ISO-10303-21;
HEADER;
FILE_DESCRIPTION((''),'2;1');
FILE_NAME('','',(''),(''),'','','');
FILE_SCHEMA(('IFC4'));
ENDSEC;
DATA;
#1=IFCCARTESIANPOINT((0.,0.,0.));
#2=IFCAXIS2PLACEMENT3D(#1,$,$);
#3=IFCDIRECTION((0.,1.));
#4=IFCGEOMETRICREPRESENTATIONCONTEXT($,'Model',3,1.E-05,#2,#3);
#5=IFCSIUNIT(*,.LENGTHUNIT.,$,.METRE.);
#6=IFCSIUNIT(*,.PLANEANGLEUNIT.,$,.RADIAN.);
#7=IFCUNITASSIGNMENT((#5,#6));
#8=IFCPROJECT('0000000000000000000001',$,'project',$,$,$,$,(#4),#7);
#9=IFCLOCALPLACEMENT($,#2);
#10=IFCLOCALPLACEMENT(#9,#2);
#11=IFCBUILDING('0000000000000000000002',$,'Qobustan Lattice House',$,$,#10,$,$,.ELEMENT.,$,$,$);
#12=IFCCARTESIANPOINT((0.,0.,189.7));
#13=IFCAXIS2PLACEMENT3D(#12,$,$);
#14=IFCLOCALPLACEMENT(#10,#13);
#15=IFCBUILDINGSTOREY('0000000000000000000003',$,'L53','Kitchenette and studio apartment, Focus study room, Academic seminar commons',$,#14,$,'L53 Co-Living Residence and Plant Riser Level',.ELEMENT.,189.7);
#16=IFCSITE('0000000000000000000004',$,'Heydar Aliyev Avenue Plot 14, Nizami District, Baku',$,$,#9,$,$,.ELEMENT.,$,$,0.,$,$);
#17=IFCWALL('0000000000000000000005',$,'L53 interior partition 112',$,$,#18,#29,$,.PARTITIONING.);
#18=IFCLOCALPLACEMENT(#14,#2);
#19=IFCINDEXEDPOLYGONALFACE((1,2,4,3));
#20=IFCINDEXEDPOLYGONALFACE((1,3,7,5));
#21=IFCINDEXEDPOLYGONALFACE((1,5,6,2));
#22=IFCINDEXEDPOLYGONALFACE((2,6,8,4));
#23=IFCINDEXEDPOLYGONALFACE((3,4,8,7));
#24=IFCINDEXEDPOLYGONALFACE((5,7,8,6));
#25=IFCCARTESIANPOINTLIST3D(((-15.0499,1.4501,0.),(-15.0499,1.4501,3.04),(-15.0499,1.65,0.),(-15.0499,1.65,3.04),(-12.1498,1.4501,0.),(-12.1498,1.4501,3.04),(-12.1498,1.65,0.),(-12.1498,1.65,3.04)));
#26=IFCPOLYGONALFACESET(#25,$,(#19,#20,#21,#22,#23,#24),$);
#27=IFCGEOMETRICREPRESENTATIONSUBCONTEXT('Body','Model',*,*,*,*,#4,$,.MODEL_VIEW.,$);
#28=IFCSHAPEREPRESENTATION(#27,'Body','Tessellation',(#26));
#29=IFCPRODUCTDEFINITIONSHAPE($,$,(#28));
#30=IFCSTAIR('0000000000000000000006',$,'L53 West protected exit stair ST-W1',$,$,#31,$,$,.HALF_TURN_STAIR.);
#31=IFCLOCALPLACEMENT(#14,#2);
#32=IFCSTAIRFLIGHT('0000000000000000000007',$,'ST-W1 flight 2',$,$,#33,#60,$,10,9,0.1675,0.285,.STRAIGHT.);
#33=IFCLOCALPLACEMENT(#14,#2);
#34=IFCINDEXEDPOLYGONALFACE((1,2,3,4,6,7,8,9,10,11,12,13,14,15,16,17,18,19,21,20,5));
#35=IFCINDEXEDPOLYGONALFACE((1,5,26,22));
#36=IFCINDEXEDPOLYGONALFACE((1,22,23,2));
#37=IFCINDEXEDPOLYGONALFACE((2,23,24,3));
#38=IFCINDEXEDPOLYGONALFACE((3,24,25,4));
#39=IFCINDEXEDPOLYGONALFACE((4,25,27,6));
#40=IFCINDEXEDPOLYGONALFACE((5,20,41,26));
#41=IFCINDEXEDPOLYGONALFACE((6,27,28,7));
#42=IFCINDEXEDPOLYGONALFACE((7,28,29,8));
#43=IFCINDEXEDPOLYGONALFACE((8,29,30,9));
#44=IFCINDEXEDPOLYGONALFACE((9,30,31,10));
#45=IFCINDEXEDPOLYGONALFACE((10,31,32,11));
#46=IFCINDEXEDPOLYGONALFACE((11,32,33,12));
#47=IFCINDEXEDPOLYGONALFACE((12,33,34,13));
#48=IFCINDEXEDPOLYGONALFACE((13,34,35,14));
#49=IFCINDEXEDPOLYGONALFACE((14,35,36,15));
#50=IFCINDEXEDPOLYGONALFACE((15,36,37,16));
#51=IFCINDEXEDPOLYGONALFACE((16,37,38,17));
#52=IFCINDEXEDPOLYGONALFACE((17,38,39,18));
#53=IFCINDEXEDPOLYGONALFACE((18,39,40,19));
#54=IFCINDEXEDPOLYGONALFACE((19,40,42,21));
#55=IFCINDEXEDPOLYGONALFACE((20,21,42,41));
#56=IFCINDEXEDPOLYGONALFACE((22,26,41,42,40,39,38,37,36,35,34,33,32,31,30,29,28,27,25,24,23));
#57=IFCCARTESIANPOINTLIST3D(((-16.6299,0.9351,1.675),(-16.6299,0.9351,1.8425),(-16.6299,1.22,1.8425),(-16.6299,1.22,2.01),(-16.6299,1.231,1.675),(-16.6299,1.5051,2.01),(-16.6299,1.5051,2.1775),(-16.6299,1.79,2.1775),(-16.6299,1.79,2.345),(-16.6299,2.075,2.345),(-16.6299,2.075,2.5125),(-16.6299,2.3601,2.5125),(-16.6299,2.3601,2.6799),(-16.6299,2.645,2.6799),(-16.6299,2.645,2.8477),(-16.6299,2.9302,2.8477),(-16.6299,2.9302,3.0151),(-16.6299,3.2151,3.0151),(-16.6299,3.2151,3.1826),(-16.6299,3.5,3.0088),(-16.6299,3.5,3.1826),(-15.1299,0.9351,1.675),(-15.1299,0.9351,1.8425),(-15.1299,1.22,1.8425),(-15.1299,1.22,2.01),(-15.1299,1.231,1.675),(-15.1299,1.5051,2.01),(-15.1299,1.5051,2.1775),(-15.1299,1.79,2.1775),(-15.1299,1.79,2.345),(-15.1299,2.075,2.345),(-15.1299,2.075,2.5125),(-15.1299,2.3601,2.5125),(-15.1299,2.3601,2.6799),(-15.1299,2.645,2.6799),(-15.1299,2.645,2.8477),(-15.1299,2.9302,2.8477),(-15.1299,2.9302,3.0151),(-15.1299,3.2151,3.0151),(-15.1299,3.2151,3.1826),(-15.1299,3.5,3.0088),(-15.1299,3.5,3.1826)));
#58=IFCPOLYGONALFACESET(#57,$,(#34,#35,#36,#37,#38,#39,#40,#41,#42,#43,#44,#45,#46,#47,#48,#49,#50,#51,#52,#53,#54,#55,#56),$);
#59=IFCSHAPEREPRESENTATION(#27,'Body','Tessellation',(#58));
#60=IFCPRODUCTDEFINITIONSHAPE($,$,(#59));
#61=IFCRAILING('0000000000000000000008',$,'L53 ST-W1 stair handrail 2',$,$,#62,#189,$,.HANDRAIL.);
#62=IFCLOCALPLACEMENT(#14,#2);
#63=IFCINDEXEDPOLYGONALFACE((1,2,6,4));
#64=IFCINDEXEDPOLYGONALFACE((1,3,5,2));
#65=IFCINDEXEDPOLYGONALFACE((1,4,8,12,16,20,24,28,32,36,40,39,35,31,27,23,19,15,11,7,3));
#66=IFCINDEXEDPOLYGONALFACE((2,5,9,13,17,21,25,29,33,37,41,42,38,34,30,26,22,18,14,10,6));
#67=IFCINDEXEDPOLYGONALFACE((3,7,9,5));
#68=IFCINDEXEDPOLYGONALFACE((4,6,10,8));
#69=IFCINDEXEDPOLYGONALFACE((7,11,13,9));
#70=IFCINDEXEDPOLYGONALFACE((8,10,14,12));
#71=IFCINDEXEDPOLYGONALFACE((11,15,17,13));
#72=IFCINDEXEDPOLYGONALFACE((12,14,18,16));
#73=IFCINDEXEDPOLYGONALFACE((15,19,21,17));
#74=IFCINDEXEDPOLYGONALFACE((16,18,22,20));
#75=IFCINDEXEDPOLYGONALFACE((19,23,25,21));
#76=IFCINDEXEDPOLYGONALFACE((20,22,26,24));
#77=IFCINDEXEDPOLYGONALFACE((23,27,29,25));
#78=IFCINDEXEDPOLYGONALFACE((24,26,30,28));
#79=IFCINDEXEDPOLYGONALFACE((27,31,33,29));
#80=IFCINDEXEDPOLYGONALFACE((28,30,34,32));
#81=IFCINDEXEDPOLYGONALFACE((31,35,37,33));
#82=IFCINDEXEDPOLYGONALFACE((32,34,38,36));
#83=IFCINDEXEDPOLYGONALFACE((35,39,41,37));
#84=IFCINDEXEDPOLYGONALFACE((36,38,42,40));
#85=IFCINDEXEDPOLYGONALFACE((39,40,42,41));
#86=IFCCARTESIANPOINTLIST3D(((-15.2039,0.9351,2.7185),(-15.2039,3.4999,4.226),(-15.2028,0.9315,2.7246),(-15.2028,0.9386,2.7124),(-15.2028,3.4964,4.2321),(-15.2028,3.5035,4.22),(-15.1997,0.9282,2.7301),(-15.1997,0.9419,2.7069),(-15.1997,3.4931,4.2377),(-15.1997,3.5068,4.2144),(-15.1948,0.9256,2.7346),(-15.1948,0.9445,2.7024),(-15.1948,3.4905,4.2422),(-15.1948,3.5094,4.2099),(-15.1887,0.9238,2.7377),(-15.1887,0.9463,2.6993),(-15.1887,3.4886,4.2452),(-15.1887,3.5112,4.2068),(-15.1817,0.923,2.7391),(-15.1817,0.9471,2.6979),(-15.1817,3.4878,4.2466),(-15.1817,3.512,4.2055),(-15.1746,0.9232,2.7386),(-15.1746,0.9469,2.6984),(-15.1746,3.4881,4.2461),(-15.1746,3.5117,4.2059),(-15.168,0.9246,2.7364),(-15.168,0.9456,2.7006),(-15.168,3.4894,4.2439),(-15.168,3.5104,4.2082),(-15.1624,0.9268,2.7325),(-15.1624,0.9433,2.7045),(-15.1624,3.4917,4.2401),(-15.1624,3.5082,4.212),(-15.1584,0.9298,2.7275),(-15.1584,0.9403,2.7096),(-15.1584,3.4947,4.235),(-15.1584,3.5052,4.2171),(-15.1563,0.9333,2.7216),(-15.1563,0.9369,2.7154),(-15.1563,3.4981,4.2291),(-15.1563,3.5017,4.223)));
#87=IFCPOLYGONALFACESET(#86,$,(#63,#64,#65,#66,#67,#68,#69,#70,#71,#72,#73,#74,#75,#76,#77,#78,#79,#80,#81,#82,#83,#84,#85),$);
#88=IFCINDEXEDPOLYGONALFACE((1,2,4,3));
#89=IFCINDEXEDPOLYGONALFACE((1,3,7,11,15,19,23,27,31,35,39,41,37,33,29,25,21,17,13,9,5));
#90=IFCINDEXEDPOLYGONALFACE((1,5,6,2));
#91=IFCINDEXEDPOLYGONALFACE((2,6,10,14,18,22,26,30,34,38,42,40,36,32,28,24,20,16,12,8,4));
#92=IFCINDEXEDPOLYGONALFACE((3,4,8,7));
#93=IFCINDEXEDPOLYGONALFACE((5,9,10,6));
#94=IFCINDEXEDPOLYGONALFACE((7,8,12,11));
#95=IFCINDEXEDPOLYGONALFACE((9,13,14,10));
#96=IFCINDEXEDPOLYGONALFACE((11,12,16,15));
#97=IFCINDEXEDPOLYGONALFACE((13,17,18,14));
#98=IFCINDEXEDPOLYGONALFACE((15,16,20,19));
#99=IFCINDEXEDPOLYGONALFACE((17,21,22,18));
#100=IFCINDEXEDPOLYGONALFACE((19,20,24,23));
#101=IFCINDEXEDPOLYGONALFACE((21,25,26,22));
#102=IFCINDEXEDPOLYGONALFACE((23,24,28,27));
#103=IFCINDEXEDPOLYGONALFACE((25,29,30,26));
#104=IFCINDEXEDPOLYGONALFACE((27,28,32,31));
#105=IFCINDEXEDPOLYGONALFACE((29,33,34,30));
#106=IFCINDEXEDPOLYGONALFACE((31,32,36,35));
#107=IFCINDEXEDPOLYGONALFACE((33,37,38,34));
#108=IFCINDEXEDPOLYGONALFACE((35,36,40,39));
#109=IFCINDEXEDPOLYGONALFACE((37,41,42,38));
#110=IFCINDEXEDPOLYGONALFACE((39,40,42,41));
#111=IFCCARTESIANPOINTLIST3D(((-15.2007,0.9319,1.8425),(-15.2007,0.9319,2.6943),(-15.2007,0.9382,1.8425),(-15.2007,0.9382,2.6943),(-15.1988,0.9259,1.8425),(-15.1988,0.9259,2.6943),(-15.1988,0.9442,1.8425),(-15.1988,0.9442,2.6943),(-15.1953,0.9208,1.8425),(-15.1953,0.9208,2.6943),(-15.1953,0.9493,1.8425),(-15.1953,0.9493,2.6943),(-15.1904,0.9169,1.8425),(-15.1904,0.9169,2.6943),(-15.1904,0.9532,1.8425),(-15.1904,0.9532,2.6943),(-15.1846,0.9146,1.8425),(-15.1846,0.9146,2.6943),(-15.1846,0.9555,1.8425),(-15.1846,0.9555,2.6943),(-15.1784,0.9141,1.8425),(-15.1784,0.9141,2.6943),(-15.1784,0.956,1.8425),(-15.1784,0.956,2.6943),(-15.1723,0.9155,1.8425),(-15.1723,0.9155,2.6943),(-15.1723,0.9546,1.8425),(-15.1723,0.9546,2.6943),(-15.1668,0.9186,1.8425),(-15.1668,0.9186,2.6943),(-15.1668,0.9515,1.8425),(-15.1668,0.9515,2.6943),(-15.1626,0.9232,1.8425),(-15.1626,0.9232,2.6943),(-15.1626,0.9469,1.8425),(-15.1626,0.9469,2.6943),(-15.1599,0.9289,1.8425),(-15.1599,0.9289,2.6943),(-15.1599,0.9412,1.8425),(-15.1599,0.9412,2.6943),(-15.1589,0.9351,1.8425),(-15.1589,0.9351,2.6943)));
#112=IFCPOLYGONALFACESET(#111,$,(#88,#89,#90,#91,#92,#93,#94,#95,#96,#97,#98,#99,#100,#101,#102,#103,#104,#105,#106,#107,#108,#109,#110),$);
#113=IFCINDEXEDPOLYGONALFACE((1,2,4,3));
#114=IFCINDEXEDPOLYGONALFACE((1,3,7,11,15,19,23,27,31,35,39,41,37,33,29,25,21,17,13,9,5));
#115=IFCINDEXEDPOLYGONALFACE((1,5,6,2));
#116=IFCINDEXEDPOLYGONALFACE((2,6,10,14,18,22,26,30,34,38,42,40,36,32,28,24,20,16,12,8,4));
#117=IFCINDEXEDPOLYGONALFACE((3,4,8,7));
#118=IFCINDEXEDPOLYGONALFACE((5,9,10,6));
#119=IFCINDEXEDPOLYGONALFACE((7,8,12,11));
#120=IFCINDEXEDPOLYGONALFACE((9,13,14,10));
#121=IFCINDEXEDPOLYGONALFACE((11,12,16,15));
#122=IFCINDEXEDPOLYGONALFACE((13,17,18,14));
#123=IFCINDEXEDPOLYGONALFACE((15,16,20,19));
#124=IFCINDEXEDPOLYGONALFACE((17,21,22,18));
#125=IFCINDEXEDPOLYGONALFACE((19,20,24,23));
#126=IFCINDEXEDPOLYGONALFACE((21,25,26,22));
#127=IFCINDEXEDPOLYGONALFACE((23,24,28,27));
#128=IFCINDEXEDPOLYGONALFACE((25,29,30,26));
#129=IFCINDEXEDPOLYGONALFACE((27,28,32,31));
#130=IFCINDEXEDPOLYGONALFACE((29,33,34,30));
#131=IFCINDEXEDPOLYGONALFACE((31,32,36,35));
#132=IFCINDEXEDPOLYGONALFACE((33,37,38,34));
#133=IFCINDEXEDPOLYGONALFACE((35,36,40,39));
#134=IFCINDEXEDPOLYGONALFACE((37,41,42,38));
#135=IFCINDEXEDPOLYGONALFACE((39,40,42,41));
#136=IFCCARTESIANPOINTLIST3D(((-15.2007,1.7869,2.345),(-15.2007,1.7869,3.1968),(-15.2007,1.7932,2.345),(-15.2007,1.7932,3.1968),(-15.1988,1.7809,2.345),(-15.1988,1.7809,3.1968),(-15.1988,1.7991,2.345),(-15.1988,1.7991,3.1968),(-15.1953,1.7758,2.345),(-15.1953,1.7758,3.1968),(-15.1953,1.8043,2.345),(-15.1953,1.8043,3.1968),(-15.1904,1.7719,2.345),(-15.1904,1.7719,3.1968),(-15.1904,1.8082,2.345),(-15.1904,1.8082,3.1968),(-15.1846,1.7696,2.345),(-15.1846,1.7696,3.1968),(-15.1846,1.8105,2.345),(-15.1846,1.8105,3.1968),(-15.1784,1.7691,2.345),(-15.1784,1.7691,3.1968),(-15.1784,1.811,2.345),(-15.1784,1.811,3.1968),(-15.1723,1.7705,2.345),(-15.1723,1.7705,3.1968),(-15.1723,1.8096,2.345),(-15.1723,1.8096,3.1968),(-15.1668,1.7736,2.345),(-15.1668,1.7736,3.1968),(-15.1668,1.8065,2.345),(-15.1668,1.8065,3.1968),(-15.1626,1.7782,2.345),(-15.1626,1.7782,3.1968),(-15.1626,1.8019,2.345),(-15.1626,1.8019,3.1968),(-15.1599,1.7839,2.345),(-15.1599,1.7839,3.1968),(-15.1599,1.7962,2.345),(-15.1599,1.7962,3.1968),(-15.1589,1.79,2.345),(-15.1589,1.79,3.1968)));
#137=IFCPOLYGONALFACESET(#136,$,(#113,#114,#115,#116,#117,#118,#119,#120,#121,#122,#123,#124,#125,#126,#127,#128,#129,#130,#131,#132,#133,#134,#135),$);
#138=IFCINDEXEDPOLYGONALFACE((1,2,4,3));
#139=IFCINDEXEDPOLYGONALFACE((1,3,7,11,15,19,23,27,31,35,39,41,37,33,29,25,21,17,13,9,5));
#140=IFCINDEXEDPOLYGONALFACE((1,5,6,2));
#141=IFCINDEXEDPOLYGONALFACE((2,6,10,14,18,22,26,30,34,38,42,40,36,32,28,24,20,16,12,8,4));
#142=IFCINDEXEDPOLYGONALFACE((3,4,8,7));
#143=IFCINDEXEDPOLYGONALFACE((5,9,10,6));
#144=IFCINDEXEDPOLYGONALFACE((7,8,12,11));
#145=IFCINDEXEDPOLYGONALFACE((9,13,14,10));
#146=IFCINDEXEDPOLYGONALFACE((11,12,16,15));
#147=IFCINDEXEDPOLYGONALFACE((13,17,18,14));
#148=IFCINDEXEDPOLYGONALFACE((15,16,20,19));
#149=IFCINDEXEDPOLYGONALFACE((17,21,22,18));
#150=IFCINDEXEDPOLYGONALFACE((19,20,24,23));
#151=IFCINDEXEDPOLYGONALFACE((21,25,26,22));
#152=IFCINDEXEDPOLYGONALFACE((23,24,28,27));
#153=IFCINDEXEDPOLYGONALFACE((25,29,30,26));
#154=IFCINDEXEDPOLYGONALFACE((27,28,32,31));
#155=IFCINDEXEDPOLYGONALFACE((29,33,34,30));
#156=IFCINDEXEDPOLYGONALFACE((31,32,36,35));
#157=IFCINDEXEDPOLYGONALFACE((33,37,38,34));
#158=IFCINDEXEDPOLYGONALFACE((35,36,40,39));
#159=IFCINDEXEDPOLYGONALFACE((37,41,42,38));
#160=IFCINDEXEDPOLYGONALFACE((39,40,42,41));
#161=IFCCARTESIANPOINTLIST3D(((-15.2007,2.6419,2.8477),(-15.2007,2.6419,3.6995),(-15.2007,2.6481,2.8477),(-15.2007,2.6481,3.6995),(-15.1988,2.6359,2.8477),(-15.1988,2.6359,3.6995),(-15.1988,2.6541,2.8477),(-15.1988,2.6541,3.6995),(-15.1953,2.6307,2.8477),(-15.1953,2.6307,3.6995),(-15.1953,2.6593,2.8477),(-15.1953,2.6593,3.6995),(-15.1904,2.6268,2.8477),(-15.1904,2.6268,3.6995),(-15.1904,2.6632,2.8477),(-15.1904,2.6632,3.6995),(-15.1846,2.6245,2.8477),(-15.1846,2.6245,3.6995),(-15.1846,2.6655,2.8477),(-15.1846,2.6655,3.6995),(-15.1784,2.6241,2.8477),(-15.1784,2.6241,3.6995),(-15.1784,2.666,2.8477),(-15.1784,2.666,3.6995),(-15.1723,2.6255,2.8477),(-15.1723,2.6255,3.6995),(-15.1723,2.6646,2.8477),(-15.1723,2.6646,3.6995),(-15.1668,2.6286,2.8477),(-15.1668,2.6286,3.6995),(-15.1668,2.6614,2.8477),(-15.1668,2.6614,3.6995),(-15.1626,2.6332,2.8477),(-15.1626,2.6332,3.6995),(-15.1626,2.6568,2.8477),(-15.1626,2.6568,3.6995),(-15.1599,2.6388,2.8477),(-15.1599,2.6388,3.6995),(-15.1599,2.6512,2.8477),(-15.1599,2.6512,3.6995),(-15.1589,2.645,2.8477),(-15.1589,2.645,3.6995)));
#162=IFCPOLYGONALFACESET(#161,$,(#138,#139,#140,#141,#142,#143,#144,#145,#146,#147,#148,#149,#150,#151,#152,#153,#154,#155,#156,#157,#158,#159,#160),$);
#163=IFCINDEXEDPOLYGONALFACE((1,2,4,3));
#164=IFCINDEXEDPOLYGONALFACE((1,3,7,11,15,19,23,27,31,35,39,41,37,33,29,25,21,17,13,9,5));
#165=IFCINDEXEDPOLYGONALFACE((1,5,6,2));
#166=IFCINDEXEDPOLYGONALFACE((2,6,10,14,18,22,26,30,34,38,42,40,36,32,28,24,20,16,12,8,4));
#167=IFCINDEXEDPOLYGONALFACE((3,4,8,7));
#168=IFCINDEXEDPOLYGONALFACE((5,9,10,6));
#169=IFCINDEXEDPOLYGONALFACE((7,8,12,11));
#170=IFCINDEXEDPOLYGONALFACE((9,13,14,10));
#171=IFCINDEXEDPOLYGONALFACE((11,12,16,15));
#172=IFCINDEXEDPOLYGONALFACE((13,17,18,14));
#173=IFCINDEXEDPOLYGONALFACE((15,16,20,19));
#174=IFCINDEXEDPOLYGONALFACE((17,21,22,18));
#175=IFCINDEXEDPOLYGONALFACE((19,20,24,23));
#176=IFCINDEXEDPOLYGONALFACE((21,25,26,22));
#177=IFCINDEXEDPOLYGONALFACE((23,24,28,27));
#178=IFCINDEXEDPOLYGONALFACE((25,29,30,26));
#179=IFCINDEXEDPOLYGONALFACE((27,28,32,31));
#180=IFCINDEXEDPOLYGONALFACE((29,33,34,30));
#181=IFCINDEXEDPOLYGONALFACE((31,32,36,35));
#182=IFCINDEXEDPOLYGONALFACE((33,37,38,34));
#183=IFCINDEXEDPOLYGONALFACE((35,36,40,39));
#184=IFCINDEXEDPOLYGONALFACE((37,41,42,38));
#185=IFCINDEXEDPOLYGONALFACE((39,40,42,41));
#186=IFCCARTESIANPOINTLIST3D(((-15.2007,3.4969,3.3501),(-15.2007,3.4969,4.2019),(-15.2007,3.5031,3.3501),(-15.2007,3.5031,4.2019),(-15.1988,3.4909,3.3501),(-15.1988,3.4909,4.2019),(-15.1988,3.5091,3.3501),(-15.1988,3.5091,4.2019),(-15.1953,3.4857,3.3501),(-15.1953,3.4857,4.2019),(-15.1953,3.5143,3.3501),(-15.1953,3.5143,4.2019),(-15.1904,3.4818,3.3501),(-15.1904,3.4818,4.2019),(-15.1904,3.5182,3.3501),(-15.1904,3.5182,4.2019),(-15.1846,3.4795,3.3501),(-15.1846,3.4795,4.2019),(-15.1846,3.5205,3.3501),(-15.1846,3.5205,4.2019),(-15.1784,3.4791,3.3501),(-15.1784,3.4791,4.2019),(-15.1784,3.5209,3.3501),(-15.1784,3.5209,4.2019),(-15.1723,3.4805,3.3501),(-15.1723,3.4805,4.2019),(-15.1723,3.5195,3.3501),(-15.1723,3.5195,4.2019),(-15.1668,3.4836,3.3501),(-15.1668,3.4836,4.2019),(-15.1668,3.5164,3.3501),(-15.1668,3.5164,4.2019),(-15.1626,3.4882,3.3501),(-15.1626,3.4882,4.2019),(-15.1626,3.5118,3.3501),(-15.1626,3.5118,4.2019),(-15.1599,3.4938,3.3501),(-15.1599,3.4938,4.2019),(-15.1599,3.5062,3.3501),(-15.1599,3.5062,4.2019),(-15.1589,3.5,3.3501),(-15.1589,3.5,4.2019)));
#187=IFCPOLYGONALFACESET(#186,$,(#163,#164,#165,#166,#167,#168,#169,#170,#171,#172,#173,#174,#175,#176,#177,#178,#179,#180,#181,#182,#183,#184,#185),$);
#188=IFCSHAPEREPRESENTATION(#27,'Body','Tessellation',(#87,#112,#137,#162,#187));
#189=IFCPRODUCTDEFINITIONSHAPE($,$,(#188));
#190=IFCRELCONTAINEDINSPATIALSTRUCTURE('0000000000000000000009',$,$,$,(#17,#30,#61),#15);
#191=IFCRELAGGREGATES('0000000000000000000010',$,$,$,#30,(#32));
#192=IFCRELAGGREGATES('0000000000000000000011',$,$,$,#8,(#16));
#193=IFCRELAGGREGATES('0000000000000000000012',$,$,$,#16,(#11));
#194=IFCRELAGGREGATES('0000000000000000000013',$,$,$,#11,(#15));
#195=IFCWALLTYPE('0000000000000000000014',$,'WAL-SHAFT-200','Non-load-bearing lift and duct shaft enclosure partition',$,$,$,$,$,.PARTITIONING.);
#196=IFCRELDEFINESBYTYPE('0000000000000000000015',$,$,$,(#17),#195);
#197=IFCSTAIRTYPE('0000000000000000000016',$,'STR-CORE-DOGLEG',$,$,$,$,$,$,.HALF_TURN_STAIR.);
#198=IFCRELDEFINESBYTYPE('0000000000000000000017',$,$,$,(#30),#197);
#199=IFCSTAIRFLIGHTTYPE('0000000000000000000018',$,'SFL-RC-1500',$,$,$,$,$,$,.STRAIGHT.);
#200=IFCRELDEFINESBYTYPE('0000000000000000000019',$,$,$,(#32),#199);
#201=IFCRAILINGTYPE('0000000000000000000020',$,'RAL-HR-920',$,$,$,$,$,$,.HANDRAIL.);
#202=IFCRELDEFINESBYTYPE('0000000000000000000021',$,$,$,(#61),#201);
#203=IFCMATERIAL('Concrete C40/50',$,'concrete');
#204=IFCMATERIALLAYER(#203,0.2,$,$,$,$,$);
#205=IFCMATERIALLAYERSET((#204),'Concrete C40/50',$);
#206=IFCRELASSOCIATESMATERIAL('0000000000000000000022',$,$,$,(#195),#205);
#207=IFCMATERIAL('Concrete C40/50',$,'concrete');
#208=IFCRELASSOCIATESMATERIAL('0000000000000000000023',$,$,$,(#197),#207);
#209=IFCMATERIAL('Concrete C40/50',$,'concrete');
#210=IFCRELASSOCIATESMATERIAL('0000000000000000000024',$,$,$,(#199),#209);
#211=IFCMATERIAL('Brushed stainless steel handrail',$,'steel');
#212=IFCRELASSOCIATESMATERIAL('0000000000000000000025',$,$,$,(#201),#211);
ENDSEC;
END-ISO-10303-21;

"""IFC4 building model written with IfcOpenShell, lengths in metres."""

from ifc_helpers import new_model, si_unit, direction, frame, frame_2d, origin, origin_2d, place, context, subcontext, project, spatial, polyline, rectangle, circle, outline, extrude, material, layer, layer_set, type_object, element, aggregate, save


model = new_model("IFC4")

# Units and contexts
model_context = context("Model", 3, precision=1e-05, world=origin(), true_north=direction((0.0, 1.0)))
body_context = subcontext(model_context, "Body", "Model", "MODEL_VIEW")
ifc_project = project(units=[si_unit("LENGTHUNIT", "METRE"), si_unit("PLANEANGLEUNIT", "RADIAN")], contexts=[model_context])

# Site, building, storey
site_placement = place(None, origin())
site = spatial("IfcSite", under=ifc_project, at=site_placement, Name="Heydar Aliyev Avenue Plot 14, Nizami District, Baku", CompositionType="ELEMENT", RefElevation=0.0)
building_placement = place(site_placement, origin())
building = spatial("IfcBuilding", under=site, at=building_placement, Name="Qobustan Lattice House", CompositionType="ELEMENT")
storey_placement = place(building_placement, frame((0.0, 0.0, 189.7)))
storey = spatial("IfcBuildingStorey", under=building, at=storey_placement, Name="L53", Description="Kitchenette and studio apartment, Focus study room, Academic seminar commons", LongName="L53 Co-Living Residence and Plant Riser Level", CompositionType="ELEMENT", Elevation=189.7)

# Wall
ifc_material_1 = material(Name="Concrete C40/50", Category="concrete")
ifc_layer_1 = layer(ifc_material_1, 0.2)
ifc_layer_set_1 = layer_set([ifc_layer_1], Name="Concrete C40/50")
wall_type_1 = type_object("IfcWallType", Name="WAL-SHAFT-200", Description="Non-load-bearing lift and duct shaft enclosure partition", PredefinedType="PARTITIONING", material=ifc_layer_set_1)
wall_1_placement = place(storey_placement, frame((-15.05, 1.55, 0.0), z_axis=(0.0, 0.0, 1.0), x_axis=(1.0, 0.0, 0.0)))
element("IfcWall", 1, at=wall_1_placement, inside=storey, type_object=wall_type_1, Name="L53 interior partition 112", PredefinedType="PARTITIONING", context=body_context, shape_type="SweptSolid", body=[
    extrude(rectangle(XDim=2.9001, YDim=0.2, at=frame_2d((1.4502, 0.0))), origin(), (0.0, 0.0, 1.0), 3.04),
])

# Stair, stair flight
ifc_material_2 = material(Name="Concrete C40/50", Category="concrete")
stair_type = type_object("IfcStairType", Name="STR-CORE-DOGLEG", PredefinedType="HALF_TURN_STAIR", material=ifc_material_2)
stair_placement = place(storey_placement, origin())
stair = element("IfcStair", 2, at=stair_placement, inside=storey, type_object=stair_type, Name="L53 West protected exit stair ST-W1", PredefinedType="HALF_TURN_STAIR")
ifc_material_3 = material(Name="Concrete C40/50", Category="concrete")
stair_flight_type = type_object("IfcStairFlightType", Name="SFL-RC-1500", PredefinedType="STRAIGHT", material=ifc_material_3)
stair_flight_placement = place(storey_placement, frame((-15.8799, 0.9351, 1.675), z_axis=(0.0, 0.0, 1.0), x_axis=(0.0, 1.0, 0.0)))
stair_flight = element("IfcStairFlight", 3, at=stair_flight_placement, type_object=stair_flight_type, Name="ST-W1 flight 2", NumberOfRisers=10, NumberOfTreads=9, PredefinedType="STRAIGHT", RiserHeight=0.1675, TreadLength=0.285, context=body_context, shape_type="SweptSolid", body=[
    extrude(outline(polyline([(0.0, 0.0), (0.0, 0.1675), (0.2849, 0.1675), (0.2849, 0.335), (0.5701, 0.335), (0.5701, 0.5024), (0.855, 0.5024), (0.855, 0.6699), (1.1399, 0.6699), (1.1399, 0.8374), (1.425, 0.8374), (1.425, 1.0049), (1.71, 1.0049), (1.71, 1.1726), (1.9951, 1.1726), (1.9951, 1.3401), (2.28, 1.3401), (2.28, 1.5076), (2.5649, 1.5076), (2.5649, 1.675), (2.5649, 1.3337), (0.2959, 0.0), (0.0, 0.0)])), frame((0.0, 0.75, 0.0), z_axis=(0.0, -1.0, 0.0), x_axis=(1.0, 0.0, 0.0)), (0.0, 0.0, 1.0), 1.5),
])
aggregate(stair, [stair_flight])

# Railing
ifc_material_4 = material(Name="Brushed stainless steel handrail", Category="steel")
railing_type_1 = type_object("IfcRailingType", Name="RAL-HR-920", PredefinedType="HANDRAIL", material=ifc_material_4)
railing_1_placement = place(storey_placement, frame((-15.1799, 0.9351, 1.8425)))
element("IfcRailing", 4, at=railing_1_placement, inside=storey, type_object=railing_type_1, Name="L53 ST-W1 stair handrail 2", PredefinedType="HANDRAIL", context=body_context, shape_type="SweptSolid", body=[
    extrude(circle(Radius=0.0239, at=origin_2d()), frame((0.0, 0.0, 0.876), z_axis=(0.0, 0.862113, 0.506715), x_axis=(-1.0, 0.0, 0.0)), (0.0, 0.0, 1.0), 2.9751),
    extrude(circle(Radius=0.021, at=origin_2d()), origin(), (0.0, 0.0, 1.0), 0.8518),
    extrude(circle(Radius=0.021, at=origin_2d()), frame((0.0, 0.855, 0.5024)), (0.0, 0.0, 1.0), 0.8518),
    extrude(circle(Radius=0.021, at=origin_2d()), frame((0.0, 1.71, 1.0051)), (0.0, 0.0, 1.0), 0.8518),
    extrude(circle(Radius=0.021, at=origin_2d()), frame((0.0, 2.5649, 1.5076)), (0.0, 0.0, 1.0), 0.8518),
])

save(model, "model.ifc")
